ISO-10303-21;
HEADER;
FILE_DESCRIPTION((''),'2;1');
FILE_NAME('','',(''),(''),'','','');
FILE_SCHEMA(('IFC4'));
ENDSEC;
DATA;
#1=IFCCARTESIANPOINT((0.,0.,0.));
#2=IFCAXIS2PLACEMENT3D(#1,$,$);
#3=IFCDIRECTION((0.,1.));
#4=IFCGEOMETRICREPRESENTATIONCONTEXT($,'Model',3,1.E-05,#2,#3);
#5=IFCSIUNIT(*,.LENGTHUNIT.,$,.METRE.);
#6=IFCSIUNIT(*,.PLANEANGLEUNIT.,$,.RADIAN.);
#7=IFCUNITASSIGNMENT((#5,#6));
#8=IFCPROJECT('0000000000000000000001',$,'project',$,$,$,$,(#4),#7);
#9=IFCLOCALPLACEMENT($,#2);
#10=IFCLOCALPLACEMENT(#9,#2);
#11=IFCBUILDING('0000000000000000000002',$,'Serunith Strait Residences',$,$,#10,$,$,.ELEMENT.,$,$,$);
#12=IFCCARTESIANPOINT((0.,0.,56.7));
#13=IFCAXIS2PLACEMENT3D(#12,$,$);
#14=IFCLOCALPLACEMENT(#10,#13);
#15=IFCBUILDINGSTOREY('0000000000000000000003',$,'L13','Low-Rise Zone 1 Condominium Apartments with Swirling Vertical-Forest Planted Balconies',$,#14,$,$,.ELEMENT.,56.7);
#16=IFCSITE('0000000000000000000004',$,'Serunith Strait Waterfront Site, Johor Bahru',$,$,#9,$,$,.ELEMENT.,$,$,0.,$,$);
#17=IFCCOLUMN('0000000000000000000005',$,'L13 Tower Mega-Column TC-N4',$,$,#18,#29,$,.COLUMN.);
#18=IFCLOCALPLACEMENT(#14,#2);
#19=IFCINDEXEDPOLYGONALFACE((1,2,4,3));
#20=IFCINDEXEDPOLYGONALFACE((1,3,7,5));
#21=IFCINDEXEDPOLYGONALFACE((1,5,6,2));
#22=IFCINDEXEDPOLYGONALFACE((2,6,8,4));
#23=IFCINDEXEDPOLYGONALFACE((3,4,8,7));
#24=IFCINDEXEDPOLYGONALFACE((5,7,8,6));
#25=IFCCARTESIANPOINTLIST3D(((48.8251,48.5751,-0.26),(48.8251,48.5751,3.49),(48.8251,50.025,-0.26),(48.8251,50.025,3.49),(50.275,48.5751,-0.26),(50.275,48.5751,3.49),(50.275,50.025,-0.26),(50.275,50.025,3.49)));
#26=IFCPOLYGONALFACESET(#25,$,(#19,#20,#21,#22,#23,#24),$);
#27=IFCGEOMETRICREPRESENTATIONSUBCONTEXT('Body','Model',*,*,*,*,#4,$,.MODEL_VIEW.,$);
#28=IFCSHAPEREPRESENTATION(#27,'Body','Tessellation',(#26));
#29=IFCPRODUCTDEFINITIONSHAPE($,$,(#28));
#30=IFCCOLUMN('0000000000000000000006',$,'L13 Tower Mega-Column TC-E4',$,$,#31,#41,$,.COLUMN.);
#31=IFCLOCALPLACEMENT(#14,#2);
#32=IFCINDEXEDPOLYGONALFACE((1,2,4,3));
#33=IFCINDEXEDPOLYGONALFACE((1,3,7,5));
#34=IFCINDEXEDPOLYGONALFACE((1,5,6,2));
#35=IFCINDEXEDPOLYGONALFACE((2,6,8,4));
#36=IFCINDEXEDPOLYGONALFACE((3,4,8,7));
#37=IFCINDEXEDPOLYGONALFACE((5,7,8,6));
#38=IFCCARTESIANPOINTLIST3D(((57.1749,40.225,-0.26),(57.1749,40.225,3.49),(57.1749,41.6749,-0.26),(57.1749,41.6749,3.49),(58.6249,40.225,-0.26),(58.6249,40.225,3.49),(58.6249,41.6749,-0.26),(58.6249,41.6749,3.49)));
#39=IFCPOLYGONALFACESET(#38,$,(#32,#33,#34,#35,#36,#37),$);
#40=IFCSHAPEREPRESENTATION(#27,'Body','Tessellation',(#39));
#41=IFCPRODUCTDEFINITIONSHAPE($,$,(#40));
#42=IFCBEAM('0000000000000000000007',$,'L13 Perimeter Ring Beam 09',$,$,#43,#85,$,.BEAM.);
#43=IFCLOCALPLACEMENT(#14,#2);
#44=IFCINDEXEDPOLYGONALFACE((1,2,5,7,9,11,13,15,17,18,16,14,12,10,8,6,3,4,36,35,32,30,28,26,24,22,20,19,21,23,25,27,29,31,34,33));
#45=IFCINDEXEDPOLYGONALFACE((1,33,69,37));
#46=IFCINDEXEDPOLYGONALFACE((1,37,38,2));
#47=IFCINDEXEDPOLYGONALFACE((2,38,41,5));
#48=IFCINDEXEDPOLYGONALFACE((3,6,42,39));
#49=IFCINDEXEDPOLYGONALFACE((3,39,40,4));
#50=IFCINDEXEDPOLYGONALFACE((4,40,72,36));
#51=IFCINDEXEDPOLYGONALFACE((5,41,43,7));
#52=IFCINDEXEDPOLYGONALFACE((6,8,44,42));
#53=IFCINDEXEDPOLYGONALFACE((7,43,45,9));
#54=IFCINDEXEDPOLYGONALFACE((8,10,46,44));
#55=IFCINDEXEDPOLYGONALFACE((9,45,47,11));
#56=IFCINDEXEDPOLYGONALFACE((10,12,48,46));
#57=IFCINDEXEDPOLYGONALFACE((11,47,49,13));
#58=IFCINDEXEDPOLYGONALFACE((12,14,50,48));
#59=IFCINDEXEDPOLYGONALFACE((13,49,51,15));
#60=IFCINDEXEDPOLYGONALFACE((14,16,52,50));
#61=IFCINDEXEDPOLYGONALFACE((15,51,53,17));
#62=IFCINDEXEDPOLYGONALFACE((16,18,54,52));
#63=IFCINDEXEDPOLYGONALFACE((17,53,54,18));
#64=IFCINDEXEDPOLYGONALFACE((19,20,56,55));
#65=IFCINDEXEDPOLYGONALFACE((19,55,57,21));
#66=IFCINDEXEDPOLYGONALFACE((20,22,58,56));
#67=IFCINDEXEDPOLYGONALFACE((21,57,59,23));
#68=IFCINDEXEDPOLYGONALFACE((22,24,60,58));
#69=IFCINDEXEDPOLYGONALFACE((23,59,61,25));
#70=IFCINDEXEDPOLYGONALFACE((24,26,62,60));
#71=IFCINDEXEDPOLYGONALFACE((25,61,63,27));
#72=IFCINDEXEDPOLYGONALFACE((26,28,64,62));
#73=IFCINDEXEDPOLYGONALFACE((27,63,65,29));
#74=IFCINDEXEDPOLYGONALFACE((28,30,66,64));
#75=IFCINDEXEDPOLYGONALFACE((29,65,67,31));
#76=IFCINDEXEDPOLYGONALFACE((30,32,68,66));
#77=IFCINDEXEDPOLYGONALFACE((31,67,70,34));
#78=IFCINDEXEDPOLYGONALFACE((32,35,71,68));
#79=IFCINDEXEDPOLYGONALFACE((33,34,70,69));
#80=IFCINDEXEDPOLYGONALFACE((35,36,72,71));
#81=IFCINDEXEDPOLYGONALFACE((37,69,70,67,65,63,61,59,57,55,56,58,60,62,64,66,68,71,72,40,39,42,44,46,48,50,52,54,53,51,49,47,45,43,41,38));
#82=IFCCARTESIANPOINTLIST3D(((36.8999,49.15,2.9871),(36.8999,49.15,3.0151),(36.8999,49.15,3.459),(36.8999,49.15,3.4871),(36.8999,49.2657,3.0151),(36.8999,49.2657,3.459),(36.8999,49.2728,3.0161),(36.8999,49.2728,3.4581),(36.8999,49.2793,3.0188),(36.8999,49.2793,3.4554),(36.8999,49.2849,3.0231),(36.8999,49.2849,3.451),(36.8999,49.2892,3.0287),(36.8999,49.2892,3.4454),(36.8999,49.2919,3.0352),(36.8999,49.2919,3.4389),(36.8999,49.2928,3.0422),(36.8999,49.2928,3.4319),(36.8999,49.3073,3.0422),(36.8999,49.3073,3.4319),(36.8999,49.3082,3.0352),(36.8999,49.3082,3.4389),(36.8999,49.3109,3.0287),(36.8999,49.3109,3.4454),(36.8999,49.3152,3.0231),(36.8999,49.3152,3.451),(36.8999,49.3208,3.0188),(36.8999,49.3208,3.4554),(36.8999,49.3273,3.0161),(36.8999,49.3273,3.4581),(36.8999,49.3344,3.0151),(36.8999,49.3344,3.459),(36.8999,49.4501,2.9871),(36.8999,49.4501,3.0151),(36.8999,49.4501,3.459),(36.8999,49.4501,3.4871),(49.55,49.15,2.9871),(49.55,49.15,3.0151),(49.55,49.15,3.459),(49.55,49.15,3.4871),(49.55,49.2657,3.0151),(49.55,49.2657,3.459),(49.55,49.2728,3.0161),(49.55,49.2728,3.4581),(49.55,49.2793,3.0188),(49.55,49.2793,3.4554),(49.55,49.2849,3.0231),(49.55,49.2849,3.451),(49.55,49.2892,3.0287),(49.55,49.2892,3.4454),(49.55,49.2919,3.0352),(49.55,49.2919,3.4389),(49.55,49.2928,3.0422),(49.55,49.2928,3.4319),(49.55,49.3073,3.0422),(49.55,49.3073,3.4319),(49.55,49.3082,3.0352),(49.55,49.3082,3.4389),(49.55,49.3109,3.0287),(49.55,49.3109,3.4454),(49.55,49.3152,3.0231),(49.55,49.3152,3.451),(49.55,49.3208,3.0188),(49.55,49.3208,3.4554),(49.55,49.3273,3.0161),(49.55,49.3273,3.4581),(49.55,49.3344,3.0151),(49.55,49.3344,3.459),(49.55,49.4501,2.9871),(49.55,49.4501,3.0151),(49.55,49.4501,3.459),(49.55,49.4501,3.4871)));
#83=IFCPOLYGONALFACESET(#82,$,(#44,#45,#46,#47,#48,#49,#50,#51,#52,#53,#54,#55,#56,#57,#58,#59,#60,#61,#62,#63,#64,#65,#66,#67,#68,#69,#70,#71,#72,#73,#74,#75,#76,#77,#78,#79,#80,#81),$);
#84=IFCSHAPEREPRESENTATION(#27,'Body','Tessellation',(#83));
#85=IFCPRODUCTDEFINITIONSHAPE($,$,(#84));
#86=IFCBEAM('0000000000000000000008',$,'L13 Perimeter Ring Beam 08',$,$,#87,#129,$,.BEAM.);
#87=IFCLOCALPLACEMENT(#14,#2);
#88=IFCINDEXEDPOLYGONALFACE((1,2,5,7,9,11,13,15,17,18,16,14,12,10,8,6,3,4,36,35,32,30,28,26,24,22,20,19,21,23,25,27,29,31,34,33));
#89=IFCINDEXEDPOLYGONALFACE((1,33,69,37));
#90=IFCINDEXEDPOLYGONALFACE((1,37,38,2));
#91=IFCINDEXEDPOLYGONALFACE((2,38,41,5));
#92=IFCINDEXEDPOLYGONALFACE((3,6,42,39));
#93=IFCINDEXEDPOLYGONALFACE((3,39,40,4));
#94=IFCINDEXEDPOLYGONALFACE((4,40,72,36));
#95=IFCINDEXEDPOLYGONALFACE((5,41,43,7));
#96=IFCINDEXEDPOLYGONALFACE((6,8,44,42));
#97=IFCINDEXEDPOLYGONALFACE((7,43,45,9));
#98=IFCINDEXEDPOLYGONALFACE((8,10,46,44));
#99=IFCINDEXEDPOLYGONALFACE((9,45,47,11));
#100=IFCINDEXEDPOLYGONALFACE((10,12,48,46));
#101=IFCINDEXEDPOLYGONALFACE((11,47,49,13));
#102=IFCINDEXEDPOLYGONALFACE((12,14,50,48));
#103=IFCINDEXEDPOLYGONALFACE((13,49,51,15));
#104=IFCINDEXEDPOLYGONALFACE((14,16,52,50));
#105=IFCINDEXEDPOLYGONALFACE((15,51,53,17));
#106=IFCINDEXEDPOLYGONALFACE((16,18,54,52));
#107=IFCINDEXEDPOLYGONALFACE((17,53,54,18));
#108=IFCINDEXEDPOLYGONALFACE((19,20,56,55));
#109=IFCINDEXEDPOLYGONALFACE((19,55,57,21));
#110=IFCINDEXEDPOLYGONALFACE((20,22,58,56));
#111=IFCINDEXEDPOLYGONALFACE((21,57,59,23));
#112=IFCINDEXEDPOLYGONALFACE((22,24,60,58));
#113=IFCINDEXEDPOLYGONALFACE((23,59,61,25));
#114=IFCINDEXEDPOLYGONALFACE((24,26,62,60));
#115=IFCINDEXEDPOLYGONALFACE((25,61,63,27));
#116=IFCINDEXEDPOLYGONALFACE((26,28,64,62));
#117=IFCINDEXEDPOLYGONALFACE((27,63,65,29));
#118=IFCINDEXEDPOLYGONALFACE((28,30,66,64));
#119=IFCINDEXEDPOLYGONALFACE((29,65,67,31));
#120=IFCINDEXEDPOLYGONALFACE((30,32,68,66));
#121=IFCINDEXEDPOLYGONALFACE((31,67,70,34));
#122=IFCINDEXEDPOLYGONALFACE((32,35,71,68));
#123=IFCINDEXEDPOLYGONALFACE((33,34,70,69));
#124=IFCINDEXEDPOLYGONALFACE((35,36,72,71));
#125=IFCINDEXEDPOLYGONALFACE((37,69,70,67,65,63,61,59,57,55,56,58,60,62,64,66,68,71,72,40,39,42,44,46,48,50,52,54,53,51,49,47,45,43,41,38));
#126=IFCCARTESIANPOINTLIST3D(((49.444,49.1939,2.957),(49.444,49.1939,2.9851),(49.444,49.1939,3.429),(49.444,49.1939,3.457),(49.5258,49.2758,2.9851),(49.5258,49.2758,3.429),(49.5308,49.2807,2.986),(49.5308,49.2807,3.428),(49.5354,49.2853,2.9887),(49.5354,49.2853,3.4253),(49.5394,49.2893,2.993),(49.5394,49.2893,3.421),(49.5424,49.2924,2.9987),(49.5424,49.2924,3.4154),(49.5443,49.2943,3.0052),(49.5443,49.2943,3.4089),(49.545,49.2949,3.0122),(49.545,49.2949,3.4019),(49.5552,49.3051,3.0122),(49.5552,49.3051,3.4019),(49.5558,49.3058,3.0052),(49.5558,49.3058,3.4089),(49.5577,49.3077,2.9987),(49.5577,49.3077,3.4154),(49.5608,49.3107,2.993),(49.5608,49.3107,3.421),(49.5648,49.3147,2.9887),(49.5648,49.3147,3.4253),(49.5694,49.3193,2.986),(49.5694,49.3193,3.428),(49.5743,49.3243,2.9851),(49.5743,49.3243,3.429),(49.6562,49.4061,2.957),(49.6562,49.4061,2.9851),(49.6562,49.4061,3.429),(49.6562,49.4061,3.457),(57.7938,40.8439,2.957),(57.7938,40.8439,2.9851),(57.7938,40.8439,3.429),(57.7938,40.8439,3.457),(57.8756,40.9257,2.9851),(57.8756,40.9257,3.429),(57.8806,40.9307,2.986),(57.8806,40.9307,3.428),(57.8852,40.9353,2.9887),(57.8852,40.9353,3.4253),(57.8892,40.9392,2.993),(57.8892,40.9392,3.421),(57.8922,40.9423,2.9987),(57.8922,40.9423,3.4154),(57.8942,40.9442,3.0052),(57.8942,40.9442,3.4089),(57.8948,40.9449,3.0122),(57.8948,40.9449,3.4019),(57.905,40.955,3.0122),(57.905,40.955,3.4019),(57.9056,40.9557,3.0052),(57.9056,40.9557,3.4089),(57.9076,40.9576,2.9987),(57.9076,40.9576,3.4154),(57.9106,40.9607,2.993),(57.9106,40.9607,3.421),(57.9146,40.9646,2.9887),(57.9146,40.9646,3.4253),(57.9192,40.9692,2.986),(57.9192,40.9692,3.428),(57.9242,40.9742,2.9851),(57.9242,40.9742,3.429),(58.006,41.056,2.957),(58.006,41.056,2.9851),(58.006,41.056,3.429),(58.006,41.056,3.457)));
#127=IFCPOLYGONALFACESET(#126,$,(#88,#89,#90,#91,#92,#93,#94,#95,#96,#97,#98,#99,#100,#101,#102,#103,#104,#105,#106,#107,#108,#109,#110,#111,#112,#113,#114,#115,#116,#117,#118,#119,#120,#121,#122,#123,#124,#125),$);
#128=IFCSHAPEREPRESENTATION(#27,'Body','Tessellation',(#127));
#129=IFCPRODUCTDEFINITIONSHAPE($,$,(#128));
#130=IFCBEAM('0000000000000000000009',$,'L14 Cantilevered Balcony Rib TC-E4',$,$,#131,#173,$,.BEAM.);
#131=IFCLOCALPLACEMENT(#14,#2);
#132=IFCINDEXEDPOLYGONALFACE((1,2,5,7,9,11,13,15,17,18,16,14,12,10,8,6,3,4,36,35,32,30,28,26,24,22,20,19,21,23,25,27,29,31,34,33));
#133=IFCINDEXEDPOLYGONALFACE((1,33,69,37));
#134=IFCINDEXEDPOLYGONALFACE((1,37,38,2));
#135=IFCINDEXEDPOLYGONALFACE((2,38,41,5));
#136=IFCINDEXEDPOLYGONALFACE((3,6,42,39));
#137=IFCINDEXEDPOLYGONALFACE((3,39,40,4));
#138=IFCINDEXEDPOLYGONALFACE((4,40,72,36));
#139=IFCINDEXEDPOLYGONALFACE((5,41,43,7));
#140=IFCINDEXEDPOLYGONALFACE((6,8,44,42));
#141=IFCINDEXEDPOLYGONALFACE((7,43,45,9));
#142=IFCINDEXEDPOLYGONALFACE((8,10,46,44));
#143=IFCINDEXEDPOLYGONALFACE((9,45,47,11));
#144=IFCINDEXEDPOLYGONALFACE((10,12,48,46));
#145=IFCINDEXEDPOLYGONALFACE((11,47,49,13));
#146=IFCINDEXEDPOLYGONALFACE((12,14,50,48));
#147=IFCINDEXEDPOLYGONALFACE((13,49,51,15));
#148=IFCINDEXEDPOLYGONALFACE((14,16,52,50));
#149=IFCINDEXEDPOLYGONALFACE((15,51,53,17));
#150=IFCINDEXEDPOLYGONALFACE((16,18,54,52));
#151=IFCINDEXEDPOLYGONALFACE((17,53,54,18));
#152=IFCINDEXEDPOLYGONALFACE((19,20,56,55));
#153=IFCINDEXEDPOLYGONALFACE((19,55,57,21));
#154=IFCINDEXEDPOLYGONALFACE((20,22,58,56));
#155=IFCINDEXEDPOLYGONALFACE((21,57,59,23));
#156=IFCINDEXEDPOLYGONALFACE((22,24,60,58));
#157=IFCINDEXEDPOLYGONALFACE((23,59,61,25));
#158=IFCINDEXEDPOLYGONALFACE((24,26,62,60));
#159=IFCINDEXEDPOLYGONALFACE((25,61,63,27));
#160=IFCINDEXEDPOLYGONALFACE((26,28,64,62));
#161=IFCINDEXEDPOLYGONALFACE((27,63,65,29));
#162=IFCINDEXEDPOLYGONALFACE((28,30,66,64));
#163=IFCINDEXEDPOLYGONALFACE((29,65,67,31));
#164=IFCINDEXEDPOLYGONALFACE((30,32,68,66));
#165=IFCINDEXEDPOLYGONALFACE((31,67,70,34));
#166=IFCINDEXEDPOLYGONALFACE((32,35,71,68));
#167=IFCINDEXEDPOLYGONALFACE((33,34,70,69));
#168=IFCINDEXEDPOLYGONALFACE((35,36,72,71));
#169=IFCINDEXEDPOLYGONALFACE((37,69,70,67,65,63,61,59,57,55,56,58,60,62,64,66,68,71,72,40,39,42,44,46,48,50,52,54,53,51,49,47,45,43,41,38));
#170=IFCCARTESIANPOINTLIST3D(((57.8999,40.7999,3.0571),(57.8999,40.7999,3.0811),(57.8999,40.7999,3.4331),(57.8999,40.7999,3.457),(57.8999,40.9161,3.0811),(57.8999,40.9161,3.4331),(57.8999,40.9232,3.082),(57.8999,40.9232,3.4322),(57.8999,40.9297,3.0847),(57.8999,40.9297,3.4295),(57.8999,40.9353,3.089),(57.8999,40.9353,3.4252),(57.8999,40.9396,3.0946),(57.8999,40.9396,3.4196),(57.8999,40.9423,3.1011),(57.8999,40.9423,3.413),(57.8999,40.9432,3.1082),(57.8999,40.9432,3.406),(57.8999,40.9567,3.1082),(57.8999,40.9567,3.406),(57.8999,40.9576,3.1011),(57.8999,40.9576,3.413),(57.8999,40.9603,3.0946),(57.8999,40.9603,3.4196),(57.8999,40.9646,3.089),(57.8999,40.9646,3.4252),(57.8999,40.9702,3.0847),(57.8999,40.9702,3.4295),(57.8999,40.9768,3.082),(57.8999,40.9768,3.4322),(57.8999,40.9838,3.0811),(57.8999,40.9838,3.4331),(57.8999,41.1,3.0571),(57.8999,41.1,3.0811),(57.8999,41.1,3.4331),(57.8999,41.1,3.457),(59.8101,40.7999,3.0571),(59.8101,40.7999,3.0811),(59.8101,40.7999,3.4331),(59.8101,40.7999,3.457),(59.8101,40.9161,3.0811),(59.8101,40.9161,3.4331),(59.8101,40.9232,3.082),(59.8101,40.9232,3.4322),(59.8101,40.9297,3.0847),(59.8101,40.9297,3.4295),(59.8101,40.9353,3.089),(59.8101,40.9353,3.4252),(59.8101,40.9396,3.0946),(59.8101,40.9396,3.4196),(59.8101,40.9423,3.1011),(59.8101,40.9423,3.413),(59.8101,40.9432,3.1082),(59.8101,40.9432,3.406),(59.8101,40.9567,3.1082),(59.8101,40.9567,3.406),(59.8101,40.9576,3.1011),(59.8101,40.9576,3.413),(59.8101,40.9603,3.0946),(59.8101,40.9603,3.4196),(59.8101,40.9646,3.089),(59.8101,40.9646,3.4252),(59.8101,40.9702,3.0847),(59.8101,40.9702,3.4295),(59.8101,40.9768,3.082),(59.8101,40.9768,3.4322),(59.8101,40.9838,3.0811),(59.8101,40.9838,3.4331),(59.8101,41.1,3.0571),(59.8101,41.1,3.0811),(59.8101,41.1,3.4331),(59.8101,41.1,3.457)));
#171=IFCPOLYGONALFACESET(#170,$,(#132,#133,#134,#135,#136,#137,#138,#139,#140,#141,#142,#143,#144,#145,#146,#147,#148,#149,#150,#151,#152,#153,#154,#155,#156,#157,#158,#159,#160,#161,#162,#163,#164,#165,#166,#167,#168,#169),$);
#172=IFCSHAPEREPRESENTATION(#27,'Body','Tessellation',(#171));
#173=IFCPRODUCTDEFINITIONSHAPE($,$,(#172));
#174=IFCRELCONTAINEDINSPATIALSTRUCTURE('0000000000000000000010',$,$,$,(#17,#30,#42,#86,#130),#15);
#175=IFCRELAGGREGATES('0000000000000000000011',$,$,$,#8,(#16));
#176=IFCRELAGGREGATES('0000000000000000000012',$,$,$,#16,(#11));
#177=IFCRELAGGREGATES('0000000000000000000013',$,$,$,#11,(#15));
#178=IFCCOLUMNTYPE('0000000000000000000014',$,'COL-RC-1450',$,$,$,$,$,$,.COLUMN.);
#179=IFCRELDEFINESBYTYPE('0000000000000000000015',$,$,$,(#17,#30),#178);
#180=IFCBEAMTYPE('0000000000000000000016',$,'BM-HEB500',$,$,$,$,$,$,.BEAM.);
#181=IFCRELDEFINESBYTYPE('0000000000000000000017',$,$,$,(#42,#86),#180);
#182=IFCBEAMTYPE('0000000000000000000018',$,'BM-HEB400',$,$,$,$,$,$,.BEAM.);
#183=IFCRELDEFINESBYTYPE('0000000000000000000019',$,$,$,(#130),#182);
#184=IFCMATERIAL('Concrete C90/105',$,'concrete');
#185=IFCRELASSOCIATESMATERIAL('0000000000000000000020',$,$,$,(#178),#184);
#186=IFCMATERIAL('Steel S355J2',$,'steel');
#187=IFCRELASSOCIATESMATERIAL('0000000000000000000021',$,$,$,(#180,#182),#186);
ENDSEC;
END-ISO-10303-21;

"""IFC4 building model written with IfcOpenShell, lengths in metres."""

from ifc_helpers import new_model, si_unit, direction, frame, origin, origin_2d, place, context, subcontext, project, spatial, rectangle, i_section, extrude, source, transform, mapped, material, material_profile, profile_set, type_object, element, save


model = new_model("IFC4")

# Units and contexts
model_context = context("Model", 3, precision=1e-05, world=origin(), true_north=direction((0.0, 1.0)))
body_context = subcontext(model_context, "Body", "Model", "MODEL_VIEW")
ifc_project = project(units=[si_unit("LENGTHUNIT", "METRE"), si_unit("PLANEANGLEUNIT", "RADIAN")], contexts=[model_context])

# Site, building, storey
site_placement = place(None, origin())
site = spatial("IfcSite", under=ifc_project, at=site_placement, Name="Serunith Strait Waterfront Site, Johor Bahru", CompositionType="ELEMENT", RefElevation=0.0)
building_placement = place(site_placement, origin())
building = spatial("IfcBuilding", under=site, at=building_placement, Name="Serunith Strait Residences", CompositionType="ELEMENT")
storey_placement = place(building_placement, frame((0.0, 0.0, 56.7)))
storey = spatial("IfcBuildingStorey", under=building, at=storey_placement, Name="L13", Description="Low-Rise Zone 1 Condominium Apartments with Swirling Vertical-Forest Planted Balconies", CompositionType="ELEMENT", Elevation=56.7)

# Columns
ifc_material_1 = material(Name="Concrete C90/105", Category="concrete")
ifc_material_profile_1 = material_profile(ifc_material_1, rectangle(XDim=1.45, YDim=1.45, at=origin_2d()), Name="RC 1450x1450")
ifc_profile_set_1 = profile_set([ifc_material_profile_1], Name="Concrete C90/105")
column_type = type_object("IfcColumnType", Name="COL-RC-1450", PredefinedType="COLUMN", material=ifc_profile_set_1)
shared_shape_1 = source(origin(), body_context, "Body", "SweptSolid", [
    extrude(rectangle(XDim=1.45, YDim=1.45, at=origin_2d()), origin(), (0.0, 0.0, 1.0), 3.75),
])
for number, where, z_axis, x_axis, name in (
    (1, (49.55, 49.3, -0.26), (0.0, 0.0, 1.0), (1.0, 0.0, 0.0), "L13 Tower Mega-Column TC-N4"),
    (2, (57.8999, 40.95, -0.26), (0.0, 0.0, 1.0), (1.0, 0.0, 0.0), "L13 Tower Mega-Column TC-E4"),
):
    element("IfcColumn", number, at=place(storey_placement, frame(where, z_axis=z_axis, x_axis=x_axis)), inside=storey, type_object=column_type, Name=name, PredefinedType="COLUMN", context=body_context, shape_type="MappedRepresentation", body=[
        mapped(shared_shape_1, transform((0.0, 0.0, 0.0), scale=1.0)),
    ])

# Beams
ifc_material_2 = material(Name="Steel S355J2", Category="steel")
ifc_material_profile_2 = material_profile(ifc_material_2, i_section(OverallWidth=0.3, OverallDepth=0.5, WebThickness=0.0144, FlangeThickness=0.0281, FilletRadius=0.0271, at=origin_2d()), Name="HEB 500")
ifc_profile_set_2 = profile_set([ifc_material_profile_2], Name="Steel S355J2")
beam_type_1 = type_object("IfcBeamType", Name="BM-HEB500", PredefinedType="BEAM", material=ifc_profile_set_2)
shared_shape_2 = source(origin(), body_context, "Body", "SweptSolid", [
    extrude(i_section(OverallWidth=0.3, OverallDepth=0.5, WebThickness=0.0144, FlangeThickness=0.0281, FilletRadius=0.0271, at=origin_2d()), origin(), (0.0, 0.0, 1.0), 12.6501),
])
beam_1_placement = place(storey_placement, frame((49.55, 49.3, 3.2371), z_axis=(-1.0, 0.0, 0.0), x_axis=(0.0, -1.0, 0.0)))
element("IfcBeam", 3, at=beam_1_placement, inside=storey, type_object=beam_type_1, Name="L13 Perimeter Ring Beam 09", PredefinedType="BEAM", context=body_context, shape_type="MappedRepresentation", body=[
    mapped(shared_shape_2, transform((0.0, 0.0, 0.0), scale=1.0)),
])
shared_shape_3 = source(origin(), body_context, "Body", "SweptSolid", [
    extrude(i_section(OverallWidth=0.3, OverallDepth=0.5, WebThickness=0.0144, FlangeThickness=0.0281, FilletRadius=0.0271, at=origin_2d()), origin(), (0.0, 0.0, 1.0), 11.8086),
])
beam_2_placement = place(storey_placement, frame((57.8999, 40.95, 3.207), z_axis=(-0.707096, 0.707117, 0.0), x_axis=(-0.707117, -0.707096, 0.0)))
element("IfcBeam", 4, at=beam_2_placement, inside=storey, type_object=beam_type_1, Name="L13 Perimeter Ring Beam 08", PredefinedType="BEAM", context=body_context, shape_type="MappedRepresentation", body=[
    mapped(shared_shape_3, transform((0.0, 0.0, 0.0), scale=1.0)),
])
ifc_material_profile_3 = material_profile(ifc_material_2, i_section(OverallWidth=0.3, OverallDepth=0.3999, WebThickness=0.0134, FlangeThickness=0.0239, FilletRadius=0.0271, at=origin_2d()), Name="HEB 400")
ifc_profile_set_3 = profile_set([ifc_material_profile_3], Name="Steel S355J2")
beam_type_2 = type_object("IfcBeamType", Name="BM-HEB400", PredefinedType="BEAM", material=ifc_profile_set_3)
shared_shape_4 = source(origin(), body_context, "Body", "SweptSolid", [
    extrude(i_section(OverallWidth=0.3, OverallDepth=0.3999, WebThickness=0.0134, FlangeThickness=0.0239, FilletRadius=0.0271, at=origin_2d()), origin(), (0.0, 0.0, 1.0), 1.9102),
])
beam_3_placement = place(storey_placement, frame((57.8999, 40.95, 3.2571), z_axis=(1.0, 0.0, 0.0), x_axis=(0.0, 1.0, 0.0)))
element("IfcBeam", 5, at=beam_3_placement, inside=storey, type_object=beam_type_2, Name="L14 Cantilevered Balcony Rib TC-E4", PredefinedType="BEAM", context=body_context, shape_type="MappedRepresentation", body=[
    mapped(shared_shape_4, transform((0.0, 0.0, 0.0), scale=1.0)),
])

save(model, "model.ifc")
